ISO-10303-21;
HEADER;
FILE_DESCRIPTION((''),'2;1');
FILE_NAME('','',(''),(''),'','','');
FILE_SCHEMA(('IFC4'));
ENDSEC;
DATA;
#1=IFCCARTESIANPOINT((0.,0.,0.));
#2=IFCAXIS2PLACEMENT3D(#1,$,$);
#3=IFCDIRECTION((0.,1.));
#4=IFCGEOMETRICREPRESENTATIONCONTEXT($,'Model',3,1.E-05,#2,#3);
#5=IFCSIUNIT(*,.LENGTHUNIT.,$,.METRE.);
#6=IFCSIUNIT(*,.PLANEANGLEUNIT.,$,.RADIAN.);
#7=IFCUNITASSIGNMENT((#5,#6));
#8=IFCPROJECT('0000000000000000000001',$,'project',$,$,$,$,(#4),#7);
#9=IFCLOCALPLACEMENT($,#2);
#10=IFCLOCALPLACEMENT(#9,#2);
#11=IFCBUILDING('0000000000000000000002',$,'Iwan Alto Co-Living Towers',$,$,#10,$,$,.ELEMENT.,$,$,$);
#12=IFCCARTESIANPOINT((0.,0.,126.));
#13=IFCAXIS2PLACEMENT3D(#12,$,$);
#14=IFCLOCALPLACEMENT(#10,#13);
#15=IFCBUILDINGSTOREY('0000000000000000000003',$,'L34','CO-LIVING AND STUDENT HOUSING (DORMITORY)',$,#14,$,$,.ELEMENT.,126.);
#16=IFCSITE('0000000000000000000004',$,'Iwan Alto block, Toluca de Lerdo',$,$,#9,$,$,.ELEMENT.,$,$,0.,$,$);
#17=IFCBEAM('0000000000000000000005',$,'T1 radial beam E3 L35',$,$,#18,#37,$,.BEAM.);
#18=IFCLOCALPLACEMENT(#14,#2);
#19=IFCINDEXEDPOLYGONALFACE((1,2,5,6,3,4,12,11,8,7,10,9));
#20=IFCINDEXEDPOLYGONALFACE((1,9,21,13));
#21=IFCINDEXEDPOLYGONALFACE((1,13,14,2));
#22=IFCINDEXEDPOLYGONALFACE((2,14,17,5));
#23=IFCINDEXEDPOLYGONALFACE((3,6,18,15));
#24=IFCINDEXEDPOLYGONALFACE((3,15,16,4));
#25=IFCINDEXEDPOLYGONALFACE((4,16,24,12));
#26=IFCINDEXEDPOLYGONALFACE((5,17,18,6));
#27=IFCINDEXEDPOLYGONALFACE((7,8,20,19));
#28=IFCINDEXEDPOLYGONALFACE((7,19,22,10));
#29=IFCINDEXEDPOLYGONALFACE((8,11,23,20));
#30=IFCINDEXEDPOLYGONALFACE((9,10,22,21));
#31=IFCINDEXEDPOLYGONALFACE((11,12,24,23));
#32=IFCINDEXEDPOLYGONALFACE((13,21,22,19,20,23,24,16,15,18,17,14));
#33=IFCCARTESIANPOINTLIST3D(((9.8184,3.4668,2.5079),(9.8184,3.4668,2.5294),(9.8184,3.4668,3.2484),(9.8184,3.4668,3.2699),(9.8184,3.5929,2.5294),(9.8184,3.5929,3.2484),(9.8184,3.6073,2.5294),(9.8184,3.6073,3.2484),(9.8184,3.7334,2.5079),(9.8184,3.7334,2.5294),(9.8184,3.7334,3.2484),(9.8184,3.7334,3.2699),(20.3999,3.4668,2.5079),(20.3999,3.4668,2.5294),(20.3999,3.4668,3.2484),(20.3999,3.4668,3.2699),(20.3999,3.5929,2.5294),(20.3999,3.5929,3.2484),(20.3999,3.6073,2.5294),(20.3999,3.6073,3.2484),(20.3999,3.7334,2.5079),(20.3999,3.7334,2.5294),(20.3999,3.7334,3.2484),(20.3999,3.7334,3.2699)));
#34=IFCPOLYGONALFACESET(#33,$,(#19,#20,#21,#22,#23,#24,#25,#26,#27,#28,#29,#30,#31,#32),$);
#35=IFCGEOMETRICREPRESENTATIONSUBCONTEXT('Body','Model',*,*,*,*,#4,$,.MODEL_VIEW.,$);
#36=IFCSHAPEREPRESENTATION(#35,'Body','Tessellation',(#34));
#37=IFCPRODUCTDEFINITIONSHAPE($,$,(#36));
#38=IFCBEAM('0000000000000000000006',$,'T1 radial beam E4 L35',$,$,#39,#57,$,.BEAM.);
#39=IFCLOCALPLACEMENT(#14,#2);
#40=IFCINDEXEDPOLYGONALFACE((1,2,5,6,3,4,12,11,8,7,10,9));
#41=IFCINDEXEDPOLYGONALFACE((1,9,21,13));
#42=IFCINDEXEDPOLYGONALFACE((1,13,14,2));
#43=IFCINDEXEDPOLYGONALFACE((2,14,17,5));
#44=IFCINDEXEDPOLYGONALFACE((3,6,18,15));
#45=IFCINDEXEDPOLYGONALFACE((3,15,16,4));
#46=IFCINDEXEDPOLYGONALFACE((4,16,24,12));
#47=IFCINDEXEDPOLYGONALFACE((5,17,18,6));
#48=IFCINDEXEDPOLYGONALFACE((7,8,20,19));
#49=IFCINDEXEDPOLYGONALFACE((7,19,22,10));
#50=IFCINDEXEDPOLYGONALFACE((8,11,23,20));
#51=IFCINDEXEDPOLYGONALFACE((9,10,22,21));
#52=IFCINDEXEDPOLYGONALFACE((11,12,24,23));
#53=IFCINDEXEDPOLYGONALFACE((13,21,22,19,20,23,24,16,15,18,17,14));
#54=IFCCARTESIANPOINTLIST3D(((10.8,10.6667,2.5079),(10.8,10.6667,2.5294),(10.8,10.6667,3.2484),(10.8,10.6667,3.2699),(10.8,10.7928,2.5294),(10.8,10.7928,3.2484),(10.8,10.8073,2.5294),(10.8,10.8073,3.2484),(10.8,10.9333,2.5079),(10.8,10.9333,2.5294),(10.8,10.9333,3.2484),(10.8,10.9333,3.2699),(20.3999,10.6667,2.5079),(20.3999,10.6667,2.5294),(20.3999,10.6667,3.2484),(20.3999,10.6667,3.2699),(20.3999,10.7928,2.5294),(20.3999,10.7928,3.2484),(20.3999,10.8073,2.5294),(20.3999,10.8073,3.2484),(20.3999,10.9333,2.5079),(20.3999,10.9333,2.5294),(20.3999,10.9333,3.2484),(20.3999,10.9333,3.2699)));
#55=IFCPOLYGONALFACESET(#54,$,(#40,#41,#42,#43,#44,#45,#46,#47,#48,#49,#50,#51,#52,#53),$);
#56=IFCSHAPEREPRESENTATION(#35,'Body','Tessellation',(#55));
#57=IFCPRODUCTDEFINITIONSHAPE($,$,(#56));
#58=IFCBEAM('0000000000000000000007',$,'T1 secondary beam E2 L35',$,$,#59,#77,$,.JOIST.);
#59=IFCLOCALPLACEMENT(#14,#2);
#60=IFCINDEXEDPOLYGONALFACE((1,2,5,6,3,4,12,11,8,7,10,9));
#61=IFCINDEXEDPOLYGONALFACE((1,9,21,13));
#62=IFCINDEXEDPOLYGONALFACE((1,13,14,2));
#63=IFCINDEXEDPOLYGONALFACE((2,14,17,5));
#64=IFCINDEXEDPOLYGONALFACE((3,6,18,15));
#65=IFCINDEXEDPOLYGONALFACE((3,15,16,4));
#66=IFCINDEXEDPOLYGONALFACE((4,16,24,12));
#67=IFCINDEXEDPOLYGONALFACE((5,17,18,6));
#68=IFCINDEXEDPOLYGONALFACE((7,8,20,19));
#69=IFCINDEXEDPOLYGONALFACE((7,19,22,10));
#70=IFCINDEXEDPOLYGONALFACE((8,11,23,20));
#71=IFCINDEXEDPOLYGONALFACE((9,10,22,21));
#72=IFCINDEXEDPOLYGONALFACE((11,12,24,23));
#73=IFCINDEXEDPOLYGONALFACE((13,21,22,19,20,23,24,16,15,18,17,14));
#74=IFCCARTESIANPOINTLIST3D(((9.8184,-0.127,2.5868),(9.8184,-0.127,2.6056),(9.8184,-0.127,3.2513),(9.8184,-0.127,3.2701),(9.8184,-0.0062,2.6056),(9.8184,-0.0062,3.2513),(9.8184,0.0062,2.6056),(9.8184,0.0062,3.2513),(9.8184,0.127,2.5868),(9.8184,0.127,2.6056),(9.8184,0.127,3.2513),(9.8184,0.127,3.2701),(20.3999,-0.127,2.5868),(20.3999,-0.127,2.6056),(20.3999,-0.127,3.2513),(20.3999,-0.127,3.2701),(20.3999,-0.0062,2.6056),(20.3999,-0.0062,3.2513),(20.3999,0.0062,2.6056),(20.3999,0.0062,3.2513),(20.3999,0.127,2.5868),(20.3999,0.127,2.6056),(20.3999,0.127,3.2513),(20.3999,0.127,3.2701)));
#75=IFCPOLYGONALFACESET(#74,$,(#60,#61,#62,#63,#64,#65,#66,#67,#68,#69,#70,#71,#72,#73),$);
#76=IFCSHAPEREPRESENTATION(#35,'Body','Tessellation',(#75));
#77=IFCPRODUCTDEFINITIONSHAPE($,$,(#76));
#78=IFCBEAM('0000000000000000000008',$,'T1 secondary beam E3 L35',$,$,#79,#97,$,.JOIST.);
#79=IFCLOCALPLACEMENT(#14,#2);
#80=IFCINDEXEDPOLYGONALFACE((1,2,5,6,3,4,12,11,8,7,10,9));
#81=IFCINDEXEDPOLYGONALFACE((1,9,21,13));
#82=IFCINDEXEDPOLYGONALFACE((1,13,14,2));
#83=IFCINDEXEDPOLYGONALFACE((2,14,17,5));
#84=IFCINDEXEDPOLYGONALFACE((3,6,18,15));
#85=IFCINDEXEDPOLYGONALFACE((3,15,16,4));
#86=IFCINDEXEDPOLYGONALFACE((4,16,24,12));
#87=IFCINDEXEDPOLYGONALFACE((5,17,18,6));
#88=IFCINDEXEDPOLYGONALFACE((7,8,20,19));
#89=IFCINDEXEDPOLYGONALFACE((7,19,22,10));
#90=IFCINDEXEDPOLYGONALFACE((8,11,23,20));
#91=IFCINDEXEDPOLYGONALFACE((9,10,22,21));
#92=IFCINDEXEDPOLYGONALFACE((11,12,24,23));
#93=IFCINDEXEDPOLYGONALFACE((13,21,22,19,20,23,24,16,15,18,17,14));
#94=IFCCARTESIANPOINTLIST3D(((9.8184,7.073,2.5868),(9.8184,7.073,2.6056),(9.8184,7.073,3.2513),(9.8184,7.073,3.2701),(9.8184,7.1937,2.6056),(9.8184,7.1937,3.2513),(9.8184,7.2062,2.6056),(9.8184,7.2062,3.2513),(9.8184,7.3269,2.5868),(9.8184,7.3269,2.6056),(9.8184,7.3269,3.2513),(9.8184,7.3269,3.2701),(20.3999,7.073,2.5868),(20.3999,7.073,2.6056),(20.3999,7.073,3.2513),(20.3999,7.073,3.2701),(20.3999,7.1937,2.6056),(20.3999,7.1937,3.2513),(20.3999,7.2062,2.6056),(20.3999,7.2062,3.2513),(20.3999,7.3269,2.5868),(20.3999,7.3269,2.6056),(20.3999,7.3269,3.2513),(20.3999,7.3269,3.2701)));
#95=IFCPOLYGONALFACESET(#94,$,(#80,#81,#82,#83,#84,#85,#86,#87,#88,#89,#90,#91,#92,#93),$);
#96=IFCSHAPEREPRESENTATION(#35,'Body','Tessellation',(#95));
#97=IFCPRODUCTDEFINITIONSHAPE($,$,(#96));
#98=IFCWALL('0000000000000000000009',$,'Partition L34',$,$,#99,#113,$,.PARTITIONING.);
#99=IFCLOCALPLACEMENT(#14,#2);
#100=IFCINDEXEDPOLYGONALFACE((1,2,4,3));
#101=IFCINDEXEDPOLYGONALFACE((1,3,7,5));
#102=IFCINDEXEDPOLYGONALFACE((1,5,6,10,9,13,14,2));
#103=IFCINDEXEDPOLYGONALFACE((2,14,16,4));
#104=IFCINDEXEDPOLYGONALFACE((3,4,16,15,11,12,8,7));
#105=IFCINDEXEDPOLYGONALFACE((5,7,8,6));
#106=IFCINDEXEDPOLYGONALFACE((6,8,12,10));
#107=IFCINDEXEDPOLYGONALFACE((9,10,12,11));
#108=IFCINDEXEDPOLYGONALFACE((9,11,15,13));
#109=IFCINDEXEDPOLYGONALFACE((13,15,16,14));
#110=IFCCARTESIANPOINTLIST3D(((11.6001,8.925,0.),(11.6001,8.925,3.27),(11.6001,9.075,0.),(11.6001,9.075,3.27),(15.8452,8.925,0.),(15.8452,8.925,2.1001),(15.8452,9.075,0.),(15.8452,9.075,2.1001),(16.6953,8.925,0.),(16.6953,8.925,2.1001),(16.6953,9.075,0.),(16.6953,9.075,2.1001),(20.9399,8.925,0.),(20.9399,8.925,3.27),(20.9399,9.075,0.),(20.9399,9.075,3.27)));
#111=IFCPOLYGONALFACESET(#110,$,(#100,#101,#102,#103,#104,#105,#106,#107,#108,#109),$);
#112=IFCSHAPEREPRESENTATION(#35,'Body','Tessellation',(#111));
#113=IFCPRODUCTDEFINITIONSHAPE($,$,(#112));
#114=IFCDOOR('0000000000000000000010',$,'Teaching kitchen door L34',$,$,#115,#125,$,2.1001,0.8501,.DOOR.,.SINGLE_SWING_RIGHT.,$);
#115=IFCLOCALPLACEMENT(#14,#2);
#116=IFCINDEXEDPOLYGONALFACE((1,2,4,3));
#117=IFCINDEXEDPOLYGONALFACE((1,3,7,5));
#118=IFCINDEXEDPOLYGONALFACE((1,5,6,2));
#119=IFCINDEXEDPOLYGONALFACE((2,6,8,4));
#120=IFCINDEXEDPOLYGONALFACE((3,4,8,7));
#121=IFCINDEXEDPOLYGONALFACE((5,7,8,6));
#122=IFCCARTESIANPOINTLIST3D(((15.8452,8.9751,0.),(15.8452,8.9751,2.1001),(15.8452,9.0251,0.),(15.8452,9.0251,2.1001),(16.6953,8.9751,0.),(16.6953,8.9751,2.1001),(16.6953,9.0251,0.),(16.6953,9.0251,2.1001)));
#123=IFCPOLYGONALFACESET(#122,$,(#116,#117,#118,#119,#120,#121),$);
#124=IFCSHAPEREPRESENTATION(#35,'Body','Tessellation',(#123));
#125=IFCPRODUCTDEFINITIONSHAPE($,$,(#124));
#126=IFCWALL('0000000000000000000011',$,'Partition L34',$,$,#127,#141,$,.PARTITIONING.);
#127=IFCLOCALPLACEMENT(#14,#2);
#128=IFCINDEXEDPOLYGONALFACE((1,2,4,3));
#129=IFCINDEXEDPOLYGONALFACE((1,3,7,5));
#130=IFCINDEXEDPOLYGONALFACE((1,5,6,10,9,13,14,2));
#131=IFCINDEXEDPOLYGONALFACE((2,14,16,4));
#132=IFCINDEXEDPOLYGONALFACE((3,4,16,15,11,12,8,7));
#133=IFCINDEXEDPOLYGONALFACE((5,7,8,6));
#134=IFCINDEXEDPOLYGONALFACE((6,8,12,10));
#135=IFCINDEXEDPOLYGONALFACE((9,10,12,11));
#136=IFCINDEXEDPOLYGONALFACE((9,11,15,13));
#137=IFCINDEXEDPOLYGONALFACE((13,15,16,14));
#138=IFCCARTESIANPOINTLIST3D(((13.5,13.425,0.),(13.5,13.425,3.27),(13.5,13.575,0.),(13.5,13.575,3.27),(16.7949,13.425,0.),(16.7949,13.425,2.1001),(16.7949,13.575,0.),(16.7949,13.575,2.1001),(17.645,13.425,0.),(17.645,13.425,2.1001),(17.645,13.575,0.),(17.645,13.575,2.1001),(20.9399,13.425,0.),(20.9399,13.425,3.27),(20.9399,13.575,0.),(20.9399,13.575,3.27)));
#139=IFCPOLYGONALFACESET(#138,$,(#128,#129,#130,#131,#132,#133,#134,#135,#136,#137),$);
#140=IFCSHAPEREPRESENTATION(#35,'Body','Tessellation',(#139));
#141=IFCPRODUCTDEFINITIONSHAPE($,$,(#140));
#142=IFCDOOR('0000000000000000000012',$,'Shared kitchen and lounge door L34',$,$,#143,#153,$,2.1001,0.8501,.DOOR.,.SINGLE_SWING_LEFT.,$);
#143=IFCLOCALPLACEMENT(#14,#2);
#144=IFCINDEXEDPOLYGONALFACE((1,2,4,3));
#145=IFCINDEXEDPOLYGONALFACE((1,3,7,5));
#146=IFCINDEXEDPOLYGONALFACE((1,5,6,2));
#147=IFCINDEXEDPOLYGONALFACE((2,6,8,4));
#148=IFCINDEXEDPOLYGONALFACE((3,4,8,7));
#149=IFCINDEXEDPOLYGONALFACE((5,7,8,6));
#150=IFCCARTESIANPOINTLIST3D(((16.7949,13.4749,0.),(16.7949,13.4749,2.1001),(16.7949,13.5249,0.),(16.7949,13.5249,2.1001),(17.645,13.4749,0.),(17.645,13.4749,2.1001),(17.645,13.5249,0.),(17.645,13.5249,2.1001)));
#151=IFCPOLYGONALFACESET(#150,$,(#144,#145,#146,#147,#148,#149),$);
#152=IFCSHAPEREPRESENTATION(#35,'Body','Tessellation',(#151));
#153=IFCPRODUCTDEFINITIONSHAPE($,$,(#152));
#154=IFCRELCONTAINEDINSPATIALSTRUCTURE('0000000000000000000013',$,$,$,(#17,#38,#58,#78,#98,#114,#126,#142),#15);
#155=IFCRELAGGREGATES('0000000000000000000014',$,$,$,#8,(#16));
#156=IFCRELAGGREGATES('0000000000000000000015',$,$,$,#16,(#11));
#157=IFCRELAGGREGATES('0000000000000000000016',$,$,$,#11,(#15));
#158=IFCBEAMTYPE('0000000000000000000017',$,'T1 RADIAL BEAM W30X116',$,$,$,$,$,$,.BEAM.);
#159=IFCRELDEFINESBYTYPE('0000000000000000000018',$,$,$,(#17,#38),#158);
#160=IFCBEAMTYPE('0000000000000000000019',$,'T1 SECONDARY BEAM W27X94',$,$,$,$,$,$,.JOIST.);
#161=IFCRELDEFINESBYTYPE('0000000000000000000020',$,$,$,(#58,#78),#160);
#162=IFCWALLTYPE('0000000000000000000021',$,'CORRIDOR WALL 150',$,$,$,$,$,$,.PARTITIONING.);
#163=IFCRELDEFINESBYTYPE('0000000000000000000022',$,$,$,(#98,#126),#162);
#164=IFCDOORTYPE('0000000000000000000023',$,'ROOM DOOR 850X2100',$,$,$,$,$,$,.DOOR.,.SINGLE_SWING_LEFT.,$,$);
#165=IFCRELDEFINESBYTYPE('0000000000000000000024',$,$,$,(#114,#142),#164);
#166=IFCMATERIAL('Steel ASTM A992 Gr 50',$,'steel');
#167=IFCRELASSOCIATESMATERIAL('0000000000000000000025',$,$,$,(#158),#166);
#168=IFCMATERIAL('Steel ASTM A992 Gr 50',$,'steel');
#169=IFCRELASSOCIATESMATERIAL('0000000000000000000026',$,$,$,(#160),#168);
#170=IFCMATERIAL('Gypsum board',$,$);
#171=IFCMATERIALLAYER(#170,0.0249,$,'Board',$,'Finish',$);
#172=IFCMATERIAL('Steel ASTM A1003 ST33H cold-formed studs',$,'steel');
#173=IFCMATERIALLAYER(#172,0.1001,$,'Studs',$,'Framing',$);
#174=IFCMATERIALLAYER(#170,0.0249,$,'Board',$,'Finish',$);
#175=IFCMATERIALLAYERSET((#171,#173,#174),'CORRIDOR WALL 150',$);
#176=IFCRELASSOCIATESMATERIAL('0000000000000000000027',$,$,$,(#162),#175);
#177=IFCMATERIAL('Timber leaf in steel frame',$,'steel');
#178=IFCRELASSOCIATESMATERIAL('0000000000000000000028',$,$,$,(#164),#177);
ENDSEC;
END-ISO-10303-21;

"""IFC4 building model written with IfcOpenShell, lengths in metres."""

from ifc_helpers import new_model, si_unit, direction, frame, frame_2d, origin, origin_2d, place, context, subcontext, project, spatial, rectangle, i_section, extrude, material, layer, layer_set, material_profile, profile_set, type_object, element, fill, save


model = new_model("IFC4")

# Units and contexts
model_context = context("Model", 3, precision=1e-05, world=origin(), true_north=direction((0.0, 1.0)))
body_context = subcontext(model_context, "Body", "Model", "MODEL_VIEW")
ifc_project = project(units=[si_unit("LENGTHUNIT", "METRE"), si_unit("PLANEANGLEUNIT", "RADIAN")], contexts=[model_context])

# Site, building, storey
site_placement = place(None, origin())
site = spatial("IfcSite", under=ifc_project, at=site_placement, Name="Iwan Alto block, Toluca de Lerdo", CompositionType="ELEMENT", RefElevation=0.0)
building_placement = place(site_placement, origin())
building = spatial("IfcBuilding", under=site, at=building_placement, Name="Iwan Alto Co-Living Towers", CompositionType="ELEMENT")
storey_placement = place(building_placement, frame((0.0, 0.0, 126.0)))
storey = spatial("IfcBuildingStorey", under=building, at=storey_placement, Name="L34", Description="CO-LIVING AND STUDENT HOUSING (DORMITORY)", CompositionType="ELEMENT", Elevation=126.0)

# Beams
ifc_material_1 = material(Name="Steel ASTM A992 Gr 50", Category="steel")
ifc_material_profile_1 = material_profile(ifc_material_1, i_section(OverallWidth=0.2666, OverallDepth=0.762, WebThickness=0.0144, FlangeThickness=0.0215, at=origin_2d()), Name="W30X116")
ifc_profile_set_1 = profile_set([ifc_material_profile_1], Name="Steel ASTM A992 Gr 50")
beam_type_1 = type_object("IfcBeamType", Name="T1 RADIAL BEAM W30X116", PredefinedType="BEAM", material=ifc_profile_set_1)
beam_1_placement = place(storey_placement, frame((20.3999, 3.6001, 2.8889), z_axis=(-1.0, 0.0, 0.0), x_axis=(0.0, -1.0, 0.0)))
element("IfcBeam", 1, at=beam_1_placement, inside=storey, type_object=beam_type_1, Name="T1 radial beam E3 L35", PredefinedType="BEAM", context=body_context, shape_type="SweptSolid", body=[
    extrude(i_section(OverallWidth=0.2666, OverallDepth=0.762, WebThickness=0.0144, FlangeThickness=0.0215, at=origin_2d()), origin(), (0.0, 0.0, 1.0), 10.5815),
])
beam_2_placement = place(storey_placement, frame((20.3999, 10.8, 2.8889), z_axis=(-1.0, 0.0, 0.0), x_axis=(0.0, -1.0, 0.0)))
element("IfcBeam", 2, at=beam_2_placement, inside=storey, type_object=beam_type_1, Name="T1 radial beam E4 L35", PredefinedType="BEAM", context=body_context, shape_type="SweptSolid", body=[
    extrude(i_section(OverallWidth=0.2666, OverallDepth=0.762, WebThickness=0.0144, FlangeThickness=0.0215, at=origin_2d()), origin(), (0.0, 0.0, 1.0), 9.5999),
])
ifc_material_2 = material(Name="Steel ASTM A992 Gr 50", Category="steel")
ifc_material_profile_2 = material_profile(ifc_material_2, i_section(OverallWidth=0.2539, OverallDepth=0.6833, WebThickness=0.0125, FlangeThickness=0.0188, at=origin_2d()), Name="W27X94")
ifc_profile_set_2 = profile_set([ifc_material_profile_2], Name="Steel ASTM A992 Gr 50")
beam_type_2 = type_object("IfcBeamType", Name="T1 SECONDARY BEAM W27X94", PredefinedType="JOIST", material=ifc_profile_set_2)
for number, where, z_axis, x_axis, name in (
    (3, (20.3999, 0.0, 2.9285), (-1.0, 0.0, 0.0), (0.0, -1.0, 0.0), "T1 secondary beam E2 L35"),
    (4, (20.3999, 7.2, 2.9285), (-1.0, 0.0, 0.0), (0.0, -1.0, 0.0), "T1 secondary beam E3 L35"),
):
    element("IfcBeam", number, at=place(storey_placement, frame(where, z_axis=z_axis, x_axis=x_axis)), inside=storey, type_object=beam_type_2, Name=name, PredefinedType="JOIST", context=body_context, shape_type="SweptSolid", body=[
        extrude(i_section(OverallWidth=0.2539, OverallDepth=0.6833, WebThickness=0.0125, FlangeThickness=0.0188, at=origin_2d()), origin(), (0.0, 0.0, 1.0), 10.5815),
    ])

# Walls, openings, doors
ifc_material_3 = material(Name="Gypsum board")
ifc_layer_1 = layer(ifc_material_3, 0.0249, Name="Board", Category="Finish")
ifc_material_4 = material(Name="Steel ASTM A1003 ST33H cold-formed studs", Category="steel")
ifc_layer_2 = layer(ifc_material_4, 0.1001, Name="Studs", Category="Framing")
ifc_layer_3 = layer(ifc_material_3, 0.0249, Name="Board", Category="Finish")
ifc_layer_set_1 = layer_set([ifc_layer_1, ifc_layer_2, ifc_layer_3], Name="CORRIDOR WALL 150")
wall_type_1 = type_object("IfcWallType", Name="CORRIDOR WALL 150", PredefinedType="PARTITIONING", material=ifc_layer_set_1)
wall_1_placement = place(storey_placement, frame((11.6001, 9.0, 0.0), z_axis=(0.0, 0.0, 1.0), x_axis=(1.0, 0.0, 0.0)))
wall_1 = element("IfcWall", 5, at=wall_1_placement, inside=storey, type_object=wall_type_1, Name="Partition L34", PredefinedType="PARTITIONING", context=body_context, shape_type="SweptSolid", body=[
    extrude(rectangle(XDim=9.3398, YDim=0.1499, at=frame_2d((4.6699, 0.0))), origin(), (0.0, 0.0, 1.0), 3.27),
])
opening_1_placement = place(wall_1_placement, frame((4.2451, 0.0, 0.0)))
opening_1 = element("IfcOpeningElement", 6, at=opening_1_placement, cuts=wall_1, PredefinedType="OPENING", context=body_context, shape_type="SweptSolid", body=[
    extrude(rectangle(XDim=0.8501, YDim=2.1001, at=frame_2d((0.425, 1.05))), frame((0.0, 0.085, 0.0), z_axis=(0.0, -1.0, 0.0), x_axis=(1.0, 0.0, 0.0)), (0.0, 0.0, 1.0), 0.1699),
])
ifc_material_5 = material(Name="Timber leaf in steel frame", Category="steel")
door_type = type_object("IfcDoorType", Name="ROOM DOOR 850X2100", OperationType="SINGLE_SWING_LEFT", PredefinedType="DOOR", material=ifc_material_5)
door_1_placement = place(opening_1_placement, frame((0.8501, 0.0, 0.0), z_axis=(0.0, 0.0, 1.0), x_axis=(-1.0, 0.0, 0.0)))
door_1 = element("IfcDoor", 7, at=door_1_placement, inside=storey, type_object=door_type, Name="Teaching kitchen door L34", OperationType="SINGLE_SWING_RIGHT", OverallHeight=2.1001, OverallWidth=0.8501, PredefinedType="DOOR", context=body_context, shape_type="SweptSolid", body=[
    extrude(rectangle(XDim=0.8501, YDim=2.1001, at=frame_2d((0.425, 1.05))), frame((0.0, 0.0249, 0.0), z_axis=(0.0, -1.0, 0.0), x_axis=(1.0, 0.0, 0.0)), (0.0, 0.0, 1.0), 0.05),
])
fill(opening_1, door_1)
wall_2_placement = place(storey_placement, frame((13.5, 13.5, 0.0), z_axis=(0.0, 0.0, 1.0), x_axis=(1.0, 0.0, 0.0)))
wall_2 = element("IfcWall", 8, at=wall_2_placement, inside=storey, type_object=wall_type_1, Name="Partition L34", PredefinedType="PARTITIONING", context=body_context, shape_type="SweptSolid", body=[
    extrude(rectangle(XDim=7.4399, YDim=0.1499, at=frame_2d((3.72, 0.0))), origin(), (0.0, 0.0, 1.0), 3.27),
])
opening_2_placement = place(wall_2_placement, frame((3.2949, 0.0, 0.0)))
opening_2 = element("IfcOpeningElement", 9, at=opening_2_placement, cuts=wall_2, PredefinedType="OPENING", context=body_context, shape_type="SweptSolid", body=[
    extrude(rectangle(XDim=0.8501, YDim=2.1001, at=frame_2d((0.425, 1.05))), frame((0.0, 0.085, 0.0), z_axis=(0.0, -1.0, 0.0), x_axis=(1.0, 0.0, 0.0)), (0.0, 0.0, 1.0), 0.1699),
])
door_2_placement = place(opening_2_placement, origin())
door_2 = element("IfcDoor", 10, at=door_2_placement, inside=storey, type_object=door_type, Name="Shared kitchen and lounge door L34", OperationType="SINGLE_SWING_LEFT", OverallHeight=2.1001, OverallWidth=0.8501, PredefinedType="DOOR", context=body_context, shape_type="SweptSolid", body=[
    extrude(rectangle(XDim=0.8501, YDim=2.1001, at=frame_2d((0.425, 1.05))), frame((0.0, 0.0249, 0.0), z_axis=(0.0, -1.0, 0.0), x_axis=(1.0, 0.0, 0.0)), (0.0, 0.0, 1.0), 0.05),
])
fill(opening_2, door_2)

save(model, "model.ifc")
